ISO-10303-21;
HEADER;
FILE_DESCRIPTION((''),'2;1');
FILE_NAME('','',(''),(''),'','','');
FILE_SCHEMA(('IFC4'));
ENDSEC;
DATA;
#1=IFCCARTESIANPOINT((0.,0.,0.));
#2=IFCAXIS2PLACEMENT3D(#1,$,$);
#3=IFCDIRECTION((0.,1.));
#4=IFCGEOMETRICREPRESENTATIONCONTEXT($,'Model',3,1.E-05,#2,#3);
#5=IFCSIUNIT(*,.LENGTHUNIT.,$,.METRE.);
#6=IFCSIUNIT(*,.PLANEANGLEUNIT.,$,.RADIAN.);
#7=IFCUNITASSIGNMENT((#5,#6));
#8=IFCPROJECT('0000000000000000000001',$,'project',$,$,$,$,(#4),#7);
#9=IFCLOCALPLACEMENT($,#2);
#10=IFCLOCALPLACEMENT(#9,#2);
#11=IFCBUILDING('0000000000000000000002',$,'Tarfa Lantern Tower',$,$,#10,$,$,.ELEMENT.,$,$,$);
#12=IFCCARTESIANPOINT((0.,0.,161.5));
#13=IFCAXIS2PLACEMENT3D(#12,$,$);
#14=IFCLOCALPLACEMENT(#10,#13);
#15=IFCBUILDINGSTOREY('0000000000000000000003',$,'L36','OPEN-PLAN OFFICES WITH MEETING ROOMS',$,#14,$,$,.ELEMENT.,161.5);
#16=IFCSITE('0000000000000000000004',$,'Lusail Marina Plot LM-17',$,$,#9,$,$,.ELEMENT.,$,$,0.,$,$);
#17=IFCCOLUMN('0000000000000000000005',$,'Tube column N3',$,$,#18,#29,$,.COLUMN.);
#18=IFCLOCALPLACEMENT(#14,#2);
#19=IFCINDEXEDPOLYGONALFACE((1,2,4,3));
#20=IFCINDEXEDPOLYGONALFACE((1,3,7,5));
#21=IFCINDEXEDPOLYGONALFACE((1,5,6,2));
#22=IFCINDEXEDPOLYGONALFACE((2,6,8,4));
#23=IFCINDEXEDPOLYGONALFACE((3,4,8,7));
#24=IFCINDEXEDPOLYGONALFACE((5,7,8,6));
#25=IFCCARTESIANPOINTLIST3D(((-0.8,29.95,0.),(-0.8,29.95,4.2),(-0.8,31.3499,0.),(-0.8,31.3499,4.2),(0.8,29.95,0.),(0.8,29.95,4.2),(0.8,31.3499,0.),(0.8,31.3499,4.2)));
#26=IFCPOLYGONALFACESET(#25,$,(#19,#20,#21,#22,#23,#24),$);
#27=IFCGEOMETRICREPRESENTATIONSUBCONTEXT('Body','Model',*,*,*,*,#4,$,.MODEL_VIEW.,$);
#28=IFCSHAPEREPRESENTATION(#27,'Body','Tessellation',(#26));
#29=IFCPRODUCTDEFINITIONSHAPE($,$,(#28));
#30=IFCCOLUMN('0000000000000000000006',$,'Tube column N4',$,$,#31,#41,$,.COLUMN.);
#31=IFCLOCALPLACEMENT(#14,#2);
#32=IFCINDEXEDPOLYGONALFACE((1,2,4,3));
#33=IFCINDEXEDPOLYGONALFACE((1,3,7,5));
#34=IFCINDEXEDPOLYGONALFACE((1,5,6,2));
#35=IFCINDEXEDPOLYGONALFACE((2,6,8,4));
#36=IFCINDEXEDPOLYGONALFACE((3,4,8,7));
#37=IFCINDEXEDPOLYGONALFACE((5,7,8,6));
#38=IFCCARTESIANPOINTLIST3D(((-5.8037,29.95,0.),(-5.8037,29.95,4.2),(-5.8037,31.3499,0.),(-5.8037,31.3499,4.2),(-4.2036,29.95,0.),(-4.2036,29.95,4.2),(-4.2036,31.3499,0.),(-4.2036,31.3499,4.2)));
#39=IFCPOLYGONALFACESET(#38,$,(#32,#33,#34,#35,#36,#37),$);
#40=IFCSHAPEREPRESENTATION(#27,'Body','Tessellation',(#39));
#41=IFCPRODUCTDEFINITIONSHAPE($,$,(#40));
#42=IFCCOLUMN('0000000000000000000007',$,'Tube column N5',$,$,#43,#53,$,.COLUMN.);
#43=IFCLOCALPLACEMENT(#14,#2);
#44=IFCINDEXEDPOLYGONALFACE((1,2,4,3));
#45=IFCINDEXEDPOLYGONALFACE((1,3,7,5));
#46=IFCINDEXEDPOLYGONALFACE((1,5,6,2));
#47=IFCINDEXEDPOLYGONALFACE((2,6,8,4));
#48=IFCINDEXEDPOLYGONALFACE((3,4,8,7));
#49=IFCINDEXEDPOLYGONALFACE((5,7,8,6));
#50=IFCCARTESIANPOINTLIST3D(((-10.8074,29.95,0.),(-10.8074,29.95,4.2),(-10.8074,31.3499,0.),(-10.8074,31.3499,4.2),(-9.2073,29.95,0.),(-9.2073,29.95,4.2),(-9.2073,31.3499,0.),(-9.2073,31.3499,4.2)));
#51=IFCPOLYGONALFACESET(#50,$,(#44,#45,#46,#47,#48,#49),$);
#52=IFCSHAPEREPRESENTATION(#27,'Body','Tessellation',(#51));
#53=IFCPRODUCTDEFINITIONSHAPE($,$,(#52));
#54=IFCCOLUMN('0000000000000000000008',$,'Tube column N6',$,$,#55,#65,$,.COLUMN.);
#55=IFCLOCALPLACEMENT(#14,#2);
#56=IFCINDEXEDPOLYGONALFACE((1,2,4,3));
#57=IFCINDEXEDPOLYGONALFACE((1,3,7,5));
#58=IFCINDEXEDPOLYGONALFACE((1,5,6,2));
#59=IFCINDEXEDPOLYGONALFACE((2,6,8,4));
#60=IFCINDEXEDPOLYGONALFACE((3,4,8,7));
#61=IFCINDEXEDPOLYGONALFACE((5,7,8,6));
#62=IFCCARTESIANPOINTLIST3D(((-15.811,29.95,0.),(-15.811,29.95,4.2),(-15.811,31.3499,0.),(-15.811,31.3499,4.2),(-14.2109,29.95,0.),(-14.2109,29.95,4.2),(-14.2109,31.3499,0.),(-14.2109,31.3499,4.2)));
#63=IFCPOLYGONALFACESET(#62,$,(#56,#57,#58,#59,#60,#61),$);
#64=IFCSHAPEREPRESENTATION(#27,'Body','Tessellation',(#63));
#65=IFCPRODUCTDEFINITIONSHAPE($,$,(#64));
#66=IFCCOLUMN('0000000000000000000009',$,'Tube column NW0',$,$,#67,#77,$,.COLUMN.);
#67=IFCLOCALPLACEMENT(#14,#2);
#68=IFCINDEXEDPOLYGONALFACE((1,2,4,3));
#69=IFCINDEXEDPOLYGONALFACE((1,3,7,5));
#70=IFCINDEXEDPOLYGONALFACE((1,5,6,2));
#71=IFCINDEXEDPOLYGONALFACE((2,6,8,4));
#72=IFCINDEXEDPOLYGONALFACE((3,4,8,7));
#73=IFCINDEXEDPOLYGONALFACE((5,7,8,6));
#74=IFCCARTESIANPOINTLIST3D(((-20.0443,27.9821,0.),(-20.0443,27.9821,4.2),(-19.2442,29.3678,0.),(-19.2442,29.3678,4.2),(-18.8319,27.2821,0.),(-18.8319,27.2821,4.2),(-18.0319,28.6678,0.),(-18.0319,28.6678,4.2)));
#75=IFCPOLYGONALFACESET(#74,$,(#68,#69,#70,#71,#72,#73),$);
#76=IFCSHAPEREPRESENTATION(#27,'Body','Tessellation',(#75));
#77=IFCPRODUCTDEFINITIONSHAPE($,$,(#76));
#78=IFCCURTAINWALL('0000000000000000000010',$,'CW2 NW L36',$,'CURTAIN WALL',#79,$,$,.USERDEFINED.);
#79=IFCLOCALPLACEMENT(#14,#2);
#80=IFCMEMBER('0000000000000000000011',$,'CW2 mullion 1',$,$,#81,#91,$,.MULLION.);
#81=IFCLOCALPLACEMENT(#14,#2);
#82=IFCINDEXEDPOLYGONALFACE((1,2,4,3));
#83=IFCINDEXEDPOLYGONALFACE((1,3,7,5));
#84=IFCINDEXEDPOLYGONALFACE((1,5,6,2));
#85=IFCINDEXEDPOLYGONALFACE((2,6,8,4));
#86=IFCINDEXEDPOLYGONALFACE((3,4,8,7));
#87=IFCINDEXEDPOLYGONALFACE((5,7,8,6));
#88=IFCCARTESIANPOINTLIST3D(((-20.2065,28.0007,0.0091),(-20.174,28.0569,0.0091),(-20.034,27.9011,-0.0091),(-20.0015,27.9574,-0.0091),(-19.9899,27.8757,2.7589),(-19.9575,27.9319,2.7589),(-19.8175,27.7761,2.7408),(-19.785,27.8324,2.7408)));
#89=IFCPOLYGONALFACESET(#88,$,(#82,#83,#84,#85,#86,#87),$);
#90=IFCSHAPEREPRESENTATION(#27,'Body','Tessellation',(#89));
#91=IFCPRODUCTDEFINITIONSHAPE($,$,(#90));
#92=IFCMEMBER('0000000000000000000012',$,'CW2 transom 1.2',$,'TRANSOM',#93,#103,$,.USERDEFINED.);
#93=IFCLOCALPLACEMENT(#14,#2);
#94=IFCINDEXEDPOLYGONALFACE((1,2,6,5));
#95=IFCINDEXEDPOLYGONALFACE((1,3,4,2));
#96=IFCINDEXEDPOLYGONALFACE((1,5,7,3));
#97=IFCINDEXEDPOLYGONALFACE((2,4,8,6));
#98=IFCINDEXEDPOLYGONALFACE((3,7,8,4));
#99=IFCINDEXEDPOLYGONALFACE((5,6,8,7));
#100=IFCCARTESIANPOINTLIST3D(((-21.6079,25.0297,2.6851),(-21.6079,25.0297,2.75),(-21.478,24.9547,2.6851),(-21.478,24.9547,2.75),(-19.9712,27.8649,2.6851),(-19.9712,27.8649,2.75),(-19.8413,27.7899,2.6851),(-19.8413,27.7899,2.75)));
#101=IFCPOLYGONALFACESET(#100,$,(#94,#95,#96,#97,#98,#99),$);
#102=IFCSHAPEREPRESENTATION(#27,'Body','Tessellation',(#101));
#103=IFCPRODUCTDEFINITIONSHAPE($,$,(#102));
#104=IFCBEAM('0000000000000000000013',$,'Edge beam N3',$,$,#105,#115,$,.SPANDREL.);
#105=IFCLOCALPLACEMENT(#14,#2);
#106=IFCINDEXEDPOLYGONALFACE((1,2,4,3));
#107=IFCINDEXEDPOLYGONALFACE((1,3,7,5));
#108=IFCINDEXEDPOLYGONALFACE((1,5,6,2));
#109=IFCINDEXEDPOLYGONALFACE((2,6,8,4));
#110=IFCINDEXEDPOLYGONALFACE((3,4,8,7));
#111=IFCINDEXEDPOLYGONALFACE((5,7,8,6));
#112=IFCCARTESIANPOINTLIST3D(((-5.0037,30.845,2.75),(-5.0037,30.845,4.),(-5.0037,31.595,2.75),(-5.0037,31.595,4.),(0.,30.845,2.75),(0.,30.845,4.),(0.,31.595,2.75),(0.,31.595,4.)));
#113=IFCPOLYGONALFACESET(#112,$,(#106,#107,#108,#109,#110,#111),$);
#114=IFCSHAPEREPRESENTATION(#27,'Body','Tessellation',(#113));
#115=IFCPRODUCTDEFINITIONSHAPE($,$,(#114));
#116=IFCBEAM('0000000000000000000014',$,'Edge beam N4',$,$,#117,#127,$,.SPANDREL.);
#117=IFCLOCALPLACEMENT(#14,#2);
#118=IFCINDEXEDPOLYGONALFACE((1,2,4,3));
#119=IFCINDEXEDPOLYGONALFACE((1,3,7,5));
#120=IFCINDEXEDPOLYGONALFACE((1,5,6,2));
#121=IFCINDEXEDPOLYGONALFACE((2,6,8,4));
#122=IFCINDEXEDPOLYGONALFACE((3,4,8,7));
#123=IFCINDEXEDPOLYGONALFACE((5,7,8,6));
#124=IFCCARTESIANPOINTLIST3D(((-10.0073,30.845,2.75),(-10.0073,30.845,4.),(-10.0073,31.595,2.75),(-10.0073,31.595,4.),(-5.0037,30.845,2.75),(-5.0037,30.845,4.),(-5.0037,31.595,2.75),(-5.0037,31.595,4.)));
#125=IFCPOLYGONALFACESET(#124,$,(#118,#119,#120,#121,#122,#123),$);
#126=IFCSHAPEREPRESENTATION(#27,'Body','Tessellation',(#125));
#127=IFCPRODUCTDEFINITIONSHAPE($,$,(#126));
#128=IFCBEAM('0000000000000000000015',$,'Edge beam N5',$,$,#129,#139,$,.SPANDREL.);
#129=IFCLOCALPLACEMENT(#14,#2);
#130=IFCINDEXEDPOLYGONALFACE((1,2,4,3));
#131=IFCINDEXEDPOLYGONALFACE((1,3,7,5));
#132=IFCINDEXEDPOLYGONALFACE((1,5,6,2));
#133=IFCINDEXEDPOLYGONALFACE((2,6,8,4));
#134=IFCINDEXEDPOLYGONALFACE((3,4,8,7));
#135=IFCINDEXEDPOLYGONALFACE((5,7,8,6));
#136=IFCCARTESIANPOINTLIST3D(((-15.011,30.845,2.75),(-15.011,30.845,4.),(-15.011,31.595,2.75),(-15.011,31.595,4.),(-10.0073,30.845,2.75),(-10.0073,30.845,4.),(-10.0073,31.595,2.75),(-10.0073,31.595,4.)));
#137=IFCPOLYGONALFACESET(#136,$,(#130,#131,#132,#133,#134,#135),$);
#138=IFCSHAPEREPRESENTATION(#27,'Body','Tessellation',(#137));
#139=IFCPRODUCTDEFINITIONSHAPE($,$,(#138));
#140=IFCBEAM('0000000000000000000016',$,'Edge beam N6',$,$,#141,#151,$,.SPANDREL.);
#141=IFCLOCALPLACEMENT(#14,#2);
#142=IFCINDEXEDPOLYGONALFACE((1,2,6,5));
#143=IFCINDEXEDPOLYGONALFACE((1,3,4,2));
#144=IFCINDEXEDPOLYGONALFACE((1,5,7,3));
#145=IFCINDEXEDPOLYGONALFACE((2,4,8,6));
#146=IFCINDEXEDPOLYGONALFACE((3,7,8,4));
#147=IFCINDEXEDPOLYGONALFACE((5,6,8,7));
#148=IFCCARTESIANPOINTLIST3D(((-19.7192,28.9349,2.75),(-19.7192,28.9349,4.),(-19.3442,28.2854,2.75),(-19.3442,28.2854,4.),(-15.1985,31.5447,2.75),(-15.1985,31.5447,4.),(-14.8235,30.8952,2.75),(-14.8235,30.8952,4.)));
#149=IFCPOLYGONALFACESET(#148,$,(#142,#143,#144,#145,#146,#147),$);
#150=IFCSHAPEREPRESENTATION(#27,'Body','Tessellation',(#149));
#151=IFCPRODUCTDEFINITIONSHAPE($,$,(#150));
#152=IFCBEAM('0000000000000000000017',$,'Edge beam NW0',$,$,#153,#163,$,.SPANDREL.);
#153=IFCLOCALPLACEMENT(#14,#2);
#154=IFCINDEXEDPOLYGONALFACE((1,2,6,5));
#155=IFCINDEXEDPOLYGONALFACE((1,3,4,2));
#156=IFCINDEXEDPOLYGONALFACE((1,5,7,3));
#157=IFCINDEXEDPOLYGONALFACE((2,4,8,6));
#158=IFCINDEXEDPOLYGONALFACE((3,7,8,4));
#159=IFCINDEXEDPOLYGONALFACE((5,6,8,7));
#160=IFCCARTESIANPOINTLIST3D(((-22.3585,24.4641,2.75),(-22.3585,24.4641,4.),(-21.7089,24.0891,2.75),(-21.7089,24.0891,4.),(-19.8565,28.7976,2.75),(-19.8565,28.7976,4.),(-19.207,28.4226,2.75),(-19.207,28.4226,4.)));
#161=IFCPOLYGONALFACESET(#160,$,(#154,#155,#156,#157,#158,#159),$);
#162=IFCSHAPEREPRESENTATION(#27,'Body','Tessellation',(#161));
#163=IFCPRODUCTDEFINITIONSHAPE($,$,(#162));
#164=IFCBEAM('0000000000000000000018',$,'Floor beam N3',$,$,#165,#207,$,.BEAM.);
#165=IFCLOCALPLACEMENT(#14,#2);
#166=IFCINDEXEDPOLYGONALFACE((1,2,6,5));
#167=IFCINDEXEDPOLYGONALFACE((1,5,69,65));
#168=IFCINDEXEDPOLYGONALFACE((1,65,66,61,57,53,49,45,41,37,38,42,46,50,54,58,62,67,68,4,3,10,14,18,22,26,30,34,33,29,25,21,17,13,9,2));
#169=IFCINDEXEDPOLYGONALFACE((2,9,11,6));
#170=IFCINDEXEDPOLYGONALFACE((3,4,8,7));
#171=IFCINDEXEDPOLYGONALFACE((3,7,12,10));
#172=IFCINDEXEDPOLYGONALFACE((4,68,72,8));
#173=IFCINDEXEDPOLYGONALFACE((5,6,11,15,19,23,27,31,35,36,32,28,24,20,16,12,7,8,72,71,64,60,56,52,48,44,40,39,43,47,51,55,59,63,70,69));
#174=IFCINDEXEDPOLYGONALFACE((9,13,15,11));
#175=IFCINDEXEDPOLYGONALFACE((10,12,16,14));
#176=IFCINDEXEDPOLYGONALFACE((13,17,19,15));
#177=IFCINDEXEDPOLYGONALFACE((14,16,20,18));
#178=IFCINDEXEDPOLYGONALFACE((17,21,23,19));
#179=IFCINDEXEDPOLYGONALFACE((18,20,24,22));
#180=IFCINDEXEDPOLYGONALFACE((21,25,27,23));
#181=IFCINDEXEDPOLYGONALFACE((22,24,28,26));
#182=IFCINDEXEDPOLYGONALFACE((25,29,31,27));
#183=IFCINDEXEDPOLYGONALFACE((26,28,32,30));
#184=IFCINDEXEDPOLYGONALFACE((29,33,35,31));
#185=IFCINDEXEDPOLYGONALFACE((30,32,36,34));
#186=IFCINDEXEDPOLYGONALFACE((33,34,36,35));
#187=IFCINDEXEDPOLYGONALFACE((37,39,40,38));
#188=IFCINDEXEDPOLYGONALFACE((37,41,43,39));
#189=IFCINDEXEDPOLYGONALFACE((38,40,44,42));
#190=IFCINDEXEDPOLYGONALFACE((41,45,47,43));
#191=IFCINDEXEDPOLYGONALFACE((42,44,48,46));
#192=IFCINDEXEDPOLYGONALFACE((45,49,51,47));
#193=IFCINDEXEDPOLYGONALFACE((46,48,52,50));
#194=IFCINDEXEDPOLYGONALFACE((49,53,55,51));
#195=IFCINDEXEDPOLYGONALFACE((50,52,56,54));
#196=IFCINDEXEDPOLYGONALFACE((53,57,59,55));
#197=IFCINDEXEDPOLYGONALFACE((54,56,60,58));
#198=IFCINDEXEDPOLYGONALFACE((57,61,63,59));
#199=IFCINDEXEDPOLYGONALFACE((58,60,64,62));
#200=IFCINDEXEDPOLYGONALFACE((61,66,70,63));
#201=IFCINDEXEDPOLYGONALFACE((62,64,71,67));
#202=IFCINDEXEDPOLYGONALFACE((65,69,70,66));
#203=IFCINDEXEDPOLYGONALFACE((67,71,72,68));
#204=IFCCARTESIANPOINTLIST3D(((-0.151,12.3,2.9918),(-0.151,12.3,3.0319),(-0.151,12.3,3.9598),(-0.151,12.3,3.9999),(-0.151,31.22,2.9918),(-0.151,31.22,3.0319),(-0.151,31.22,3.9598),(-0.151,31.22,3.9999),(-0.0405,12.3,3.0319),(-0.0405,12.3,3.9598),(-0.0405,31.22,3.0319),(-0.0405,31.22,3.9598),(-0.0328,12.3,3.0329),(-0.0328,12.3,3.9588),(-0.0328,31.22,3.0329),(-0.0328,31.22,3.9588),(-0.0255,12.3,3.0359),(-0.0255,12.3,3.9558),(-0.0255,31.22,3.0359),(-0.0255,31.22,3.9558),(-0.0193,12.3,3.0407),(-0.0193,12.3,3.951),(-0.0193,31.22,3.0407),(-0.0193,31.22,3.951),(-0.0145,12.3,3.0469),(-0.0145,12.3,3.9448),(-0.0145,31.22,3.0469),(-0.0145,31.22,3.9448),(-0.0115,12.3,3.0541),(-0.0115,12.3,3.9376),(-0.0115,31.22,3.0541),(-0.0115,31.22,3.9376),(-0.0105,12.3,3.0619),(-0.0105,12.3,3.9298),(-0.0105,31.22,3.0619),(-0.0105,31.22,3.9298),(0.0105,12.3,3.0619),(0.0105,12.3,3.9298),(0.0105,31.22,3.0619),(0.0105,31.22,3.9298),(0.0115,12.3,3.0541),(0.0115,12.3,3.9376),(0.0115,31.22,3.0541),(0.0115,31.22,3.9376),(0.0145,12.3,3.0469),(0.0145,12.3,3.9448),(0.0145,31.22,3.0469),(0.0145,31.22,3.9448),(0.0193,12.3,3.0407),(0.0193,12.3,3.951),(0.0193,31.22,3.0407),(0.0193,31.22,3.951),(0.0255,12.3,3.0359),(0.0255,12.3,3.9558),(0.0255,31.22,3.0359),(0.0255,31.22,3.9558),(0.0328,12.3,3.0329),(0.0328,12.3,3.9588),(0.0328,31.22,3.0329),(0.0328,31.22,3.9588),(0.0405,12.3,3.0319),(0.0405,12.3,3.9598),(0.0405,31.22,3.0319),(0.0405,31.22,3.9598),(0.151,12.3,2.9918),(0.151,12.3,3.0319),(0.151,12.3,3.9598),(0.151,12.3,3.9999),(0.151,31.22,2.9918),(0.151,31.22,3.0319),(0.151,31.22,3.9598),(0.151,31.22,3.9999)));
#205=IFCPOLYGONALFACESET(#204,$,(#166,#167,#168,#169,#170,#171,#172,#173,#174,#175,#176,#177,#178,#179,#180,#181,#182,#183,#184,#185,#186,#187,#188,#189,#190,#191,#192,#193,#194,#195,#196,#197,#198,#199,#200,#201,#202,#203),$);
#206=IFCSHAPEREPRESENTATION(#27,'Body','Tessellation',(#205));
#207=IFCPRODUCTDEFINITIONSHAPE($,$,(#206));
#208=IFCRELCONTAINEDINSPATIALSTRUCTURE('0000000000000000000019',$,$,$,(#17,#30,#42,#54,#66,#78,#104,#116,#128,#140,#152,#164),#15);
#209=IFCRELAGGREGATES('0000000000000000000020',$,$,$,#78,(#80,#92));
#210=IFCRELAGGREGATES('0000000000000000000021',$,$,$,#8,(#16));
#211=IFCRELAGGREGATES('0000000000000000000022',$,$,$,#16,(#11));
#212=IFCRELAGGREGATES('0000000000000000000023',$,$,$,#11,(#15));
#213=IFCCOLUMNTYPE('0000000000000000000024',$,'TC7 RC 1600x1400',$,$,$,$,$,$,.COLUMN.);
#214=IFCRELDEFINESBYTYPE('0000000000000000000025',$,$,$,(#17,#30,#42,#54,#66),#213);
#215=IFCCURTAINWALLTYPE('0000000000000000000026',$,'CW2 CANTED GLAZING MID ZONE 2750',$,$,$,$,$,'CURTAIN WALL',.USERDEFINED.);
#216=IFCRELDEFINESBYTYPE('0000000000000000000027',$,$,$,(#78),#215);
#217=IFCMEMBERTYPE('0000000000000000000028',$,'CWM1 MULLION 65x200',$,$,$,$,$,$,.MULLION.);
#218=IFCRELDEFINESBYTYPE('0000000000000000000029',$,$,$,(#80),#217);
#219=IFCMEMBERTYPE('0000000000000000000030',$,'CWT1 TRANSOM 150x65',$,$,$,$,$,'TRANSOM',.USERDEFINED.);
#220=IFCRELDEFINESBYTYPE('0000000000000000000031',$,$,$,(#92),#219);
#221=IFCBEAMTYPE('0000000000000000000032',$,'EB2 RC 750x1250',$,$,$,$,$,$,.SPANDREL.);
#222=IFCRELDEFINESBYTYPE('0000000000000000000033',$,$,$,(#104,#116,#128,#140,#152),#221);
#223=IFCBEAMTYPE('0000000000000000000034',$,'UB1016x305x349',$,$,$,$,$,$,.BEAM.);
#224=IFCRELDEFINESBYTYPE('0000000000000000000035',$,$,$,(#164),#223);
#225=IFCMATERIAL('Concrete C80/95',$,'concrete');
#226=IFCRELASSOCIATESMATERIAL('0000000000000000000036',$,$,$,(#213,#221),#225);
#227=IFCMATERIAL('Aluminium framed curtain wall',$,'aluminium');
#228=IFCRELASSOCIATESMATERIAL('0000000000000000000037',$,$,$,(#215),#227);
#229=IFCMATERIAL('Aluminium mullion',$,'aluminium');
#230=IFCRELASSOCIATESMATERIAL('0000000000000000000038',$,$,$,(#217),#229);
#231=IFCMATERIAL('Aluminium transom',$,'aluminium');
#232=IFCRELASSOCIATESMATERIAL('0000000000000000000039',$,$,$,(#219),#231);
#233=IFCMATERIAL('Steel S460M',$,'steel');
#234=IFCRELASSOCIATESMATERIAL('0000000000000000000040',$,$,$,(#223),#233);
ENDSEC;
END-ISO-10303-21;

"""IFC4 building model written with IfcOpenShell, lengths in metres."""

from ifc_helpers import new_model, si_unit, direction, frame, origin, origin_2d, place, context, subcontext, project, spatial, rectangle, i_section, extrude, material, material_profile, profile_set, type_object, element, aggregate, save


model = new_model("IFC4")

# Units and contexts
model_context = context("Model", 3, precision=1e-05, world=origin(), true_north=direction((0.0, 1.0)))
body_context = subcontext(model_context, "Body", "Model", "MODEL_VIEW")
ifc_project = project(units=[si_unit("LENGTHUNIT", "METRE"), si_unit("PLANEANGLEUNIT", "RADIAN")], contexts=[model_context])

# Site, building, storey
site_placement = place(None, origin())
site = spatial("IfcSite", under=ifc_project, at=site_placement, Name="Lusail Marina Plot LM-17", CompositionType="ELEMENT", RefElevation=0.0)
building_placement = place(site_placement, origin())
building = spatial("IfcBuilding", under=site, at=building_placement, Name="Tarfa Lantern Tower", CompositionType="ELEMENT")
storey_placement = place(building_placement, frame((0.0, 0.0, 161.5)))
storey = spatial("IfcBuildingStorey", under=building, at=storey_placement, Name="L36", Description="OPEN-PLAN OFFICES WITH MEETING ROOMS", CompositionType="ELEMENT", Elevation=161.5)

# Columns
ifc_material_1 = material(Name="Concrete C80/95", Category="concrete")
ifc_material_profile_1 = material_profile(ifc_material_1, rectangle(XDim=1.6001, YDim=1.3999, at=origin_2d()), Name="RC 1600x1400")
ifc_profile_set_1 = profile_set([ifc_material_profile_1], Name="Concrete C80/95")
column_type = type_object("IfcColumnType", Name="TC7 RC 1600x1400", PredefinedType="COLUMN", material=ifc_profile_set_1)
for number, where, z_axis, x_axis, name in (
    (1, (0.0, 30.6499, 0.0), (0.0, 0.0, 1.0), (-1.0, 0.0, 0.0), "Tube column N3"),
    (2, (-5.0037, 30.6499, 0.0), (0.0, 0.0, 1.0), (-1.0, 0.0, 0.0), "Tube column N4"),
    (3, (-10.0073, 30.6499, 0.0), (0.0, 0.0, 1.0), (-1.0, 0.0, 0.0), "Tube column N5"),
    (4, (-15.011, 30.6499, 0.0), (0.0, 0.0, 1.0), (-1.0, 0.0, 0.0), "Tube column N6"),
    (5, (-19.0381, 28.325, 0.0), (0.0, 0.0, 1.0), (-0.5, -0.866025, 0.0), "Tube column NW0"),
):
    element("IfcColumn", number, at=place(storey_placement, frame(where, z_axis=z_axis, x_axis=x_axis)), inside=storey, type_object=column_type, Name=name, PredefinedType="COLUMN", context=body_context, shape_type="SweptSolid", body=[
        extrude(rectangle(XDim=1.6001, YDim=1.3999, at=origin_2d()), origin(), (0.0, 0.0, 1.0), 4.2),
    ])

# Curtain wall, members
ifc_material_2 = material(Name="Aluminium framed curtain wall", Category="aluminium")
curtain_wall_type = type_object("IfcCurtainWallType", Name="CW2 CANTED GLAZING MID ZONE 2750", ElementType="CURTAIN WALL", PredefinedType="USERDEFINED", material=ifc_material_2)
curtain_wall_placement = place(storey_placement, origin())
curtain_wall = element("IfcCurtainWall", 6, at=curtain_wall_placement, inside=storey, type_object=curtain_wall_type, Name="CW2 NW L36", ObjectType="CURTAIN WALL", PredefinedType="USERDEFINED")
ifc_material_3 = material(Name="Aluminium mullion", Category="aluminium")
ifc_material_profile_2 = material_profile(ifc_material_3, rectangle(XDim=0.0649, YDim=0.2, at=origin_2d()), Name="AL MULLION 65x200")
ifc_profile_set_2 = profile_set([ifc_material_profile_2], Name="Aluminium mullion")
member_type_1 = type_object("IfcMemberType", Name="CWM1 MULLION 65x200", PredefinedType="MULLION", material=ifc_profile_set_2)
member_1_placement = place(storey_placement, frame((-20.104, 27.979, 0.0), z_axis=(0.078423, -0.045268, 0.995892), x_axis=(0.49992, 0.866072, 0.0)))
member_1 = element("IfcMember", 7, at=member_1_placement, type_object=member_type_1, Name="CW2 mullion 1", PredefinedType="MULLION", context=body_context, shape_type="SweptSolid", body=[
    extrude(rectangle(XDim=0.0649, YDim=0.2, at=origin_2d()), origin(), (0.0, 0.0, 1.0), 2.7612),
])
ifc_material_4 = material(Name="Aluminium transom", Category="aluminium")
ifc_material_profile_3 = material_profile(ifc_material_4, rectangle(XDim=0.1499, YDim=0.0649, at=origin_2d()), Name="AL TRANSOM 150x65")
ifc_profile_set_3 = profile_set([ifc_material_profile_3], Name="Aluminium transom")
member_type_2 = type_object("IfcMemberType", Name="CWT1 TRANSOM 150x65", ElementType="TRANSOM", PredefinedType="USERDEFINED", material=ifc_profile_set_3)
member_2_placement = place(storey_placement, frame((-19.9062, 27.8274, 2.7175), z_axis=(-0.499957, -0.86605, 0.0), x_axis=(0.86605, -0.499957, 0.0)))
member_2 = element("IfcMember", 8, at=member_2_placement, type_object=member_type_2, Name="CW2 transom 1.2", ObjectType="TRANSOM", PredefinedType="USERDEFINED", context=body_context, shape_type="SweptSolid", body=[
    extrude(rectangle(XDim=0.1499, YDim=0.0649, at=origin_2d()), origin(), (0.0, 0.0, 1.0), 3.2737),
])

# Beams
ifc_material_profile_4 = material_profile(ifc_material_1, rectangle(XDim=0.75, YDim=1.25, at=origin_2d()), Name="RC 750x1250")
ifc_profile_set_4 = profile_set([ifc_material_profile_4], Name="Concrete C80/95")
beam_type_1 = type_object("IfcBeamType", Name="EB2 RC 750x1250", PredefinedType="SPANDREL", material=ifc_profile_set_4)
for number, where, z_axis, x_axis, name in (
    (9, (0.0, 31.22, 3.375), (-1.0, 0.0, 0.0), (0.0, -1.0, 0.0), "Edge beam N3"),
    (10, (-5.0037, 31.22, 3.375), (-1.0, 0.0, 0.0), (0.0, -1.0, 0.0), "Edge beam N4"),
    (11, (-10.0073, 31.22, 3.375), (-1.0, 0.0, 0.0), (0.0, -1.0, 0.0), "Edge beam N5"),
):
    element("IfcBeam", number, at=place(storey_placement, frame(where, z_axis=z_axis, x_axis=x_axis)), inside=storey, type_object=beam_type_1, Name=name, PredefinedType="SPANDREL", context=body_context, shape_type="SweptSolid", body=[
        extrude(rectangle(XDim=0.75, YDim=1.25, at=origin_2d()), origin(), (0.0, 0.0, 1.0), 5.0037),
    ])
beam_1_placement = place(storey_placement, frame((-15.011, 31.22, 3.375), z_axis=(-0.866042, -0.499972, 0.0), x_axis=(0.499972, -0.866042, 0.0)))
element("IfcBeam", 12, at=beam_1_placement, inside=storey, type_object=beam_type_1, Name="Edge beam N6", PredefinedType="SPANDREL", context=body_context, shape_type="SweptSolid", body=[
    extrude(rectangle(XDim=0.75, YDim=1.25, at=origin_2d()), origin(), (0.0, 0.0, 1.0), 5.22),
])
beam_2_placement = place(storey_placement, frame((-19.5317, 28.6101, 3.375), z_axis=(-0.500001, -0.866025, 0.0), x_axis=(0.866025, -0.500001, 0.0)))
element("IfcBeam", 13, at=beam_2_placement, inside=storey, type_object=beam_type_1, Name="Edge beam NW0", PredefinedType="SPANDREL", context=body_context, shape_type="SweptSolid", body=[
    extrude(rectangle(XDim=0.75, YDim=1.25, at=origin_2d()), origin(), (0.0, 0.0, 1.0), 5.0039),
])
ifc_material_5 = material(Name="Steel S460M", Category="steel")
ifc_material_profile_5 = material_profile(ifc_material_5, i_section(OverallWidth=0.302, OverallDepth=1.0081, WebThickness=0.021, FlangeThickness=0.04, FilletRadius=0.03, at=origin_2d()), Name="UB1016x305x349")
ifc_profile_set_5 = profile_set([ifc_material_profile_5], Name="Steel S460M")
beam_type_2 = type_object("IfcBeamType", Name="UB1016x305x349", PredefinedType="BEAM", material=ifc_profile_set_5)
for number, where, z_axis, x_axis, name in (
    (14, (0.0, 31.22, 3.4958), (0.0, -1.0, 0.0), (1.0, 0.0, 0.0), "Floor beam N3"),
):
    element("IfcBeam", number, at=place(storey_placement, frame(where, z_axis=z_axis, x_axis=x_axis)), inside=storey, type_object=beam_type_2, Name=name, PredefinedType="BEAM", context=body_context, shape_type="SweptSolid", body=[
        extrude(i_section(OverallWidth=0.302, OverallDepth=1.0081, WebThickness=0.021, FlangeThickness=0.04, FilletRadius=0.03, at=origin_2d()), origin(), (0.0, 0.0, 1.0), 18.9199),
    ])

aggregate(curtain_wall, [member_1, member_2])

save(model, "model.ifc")
